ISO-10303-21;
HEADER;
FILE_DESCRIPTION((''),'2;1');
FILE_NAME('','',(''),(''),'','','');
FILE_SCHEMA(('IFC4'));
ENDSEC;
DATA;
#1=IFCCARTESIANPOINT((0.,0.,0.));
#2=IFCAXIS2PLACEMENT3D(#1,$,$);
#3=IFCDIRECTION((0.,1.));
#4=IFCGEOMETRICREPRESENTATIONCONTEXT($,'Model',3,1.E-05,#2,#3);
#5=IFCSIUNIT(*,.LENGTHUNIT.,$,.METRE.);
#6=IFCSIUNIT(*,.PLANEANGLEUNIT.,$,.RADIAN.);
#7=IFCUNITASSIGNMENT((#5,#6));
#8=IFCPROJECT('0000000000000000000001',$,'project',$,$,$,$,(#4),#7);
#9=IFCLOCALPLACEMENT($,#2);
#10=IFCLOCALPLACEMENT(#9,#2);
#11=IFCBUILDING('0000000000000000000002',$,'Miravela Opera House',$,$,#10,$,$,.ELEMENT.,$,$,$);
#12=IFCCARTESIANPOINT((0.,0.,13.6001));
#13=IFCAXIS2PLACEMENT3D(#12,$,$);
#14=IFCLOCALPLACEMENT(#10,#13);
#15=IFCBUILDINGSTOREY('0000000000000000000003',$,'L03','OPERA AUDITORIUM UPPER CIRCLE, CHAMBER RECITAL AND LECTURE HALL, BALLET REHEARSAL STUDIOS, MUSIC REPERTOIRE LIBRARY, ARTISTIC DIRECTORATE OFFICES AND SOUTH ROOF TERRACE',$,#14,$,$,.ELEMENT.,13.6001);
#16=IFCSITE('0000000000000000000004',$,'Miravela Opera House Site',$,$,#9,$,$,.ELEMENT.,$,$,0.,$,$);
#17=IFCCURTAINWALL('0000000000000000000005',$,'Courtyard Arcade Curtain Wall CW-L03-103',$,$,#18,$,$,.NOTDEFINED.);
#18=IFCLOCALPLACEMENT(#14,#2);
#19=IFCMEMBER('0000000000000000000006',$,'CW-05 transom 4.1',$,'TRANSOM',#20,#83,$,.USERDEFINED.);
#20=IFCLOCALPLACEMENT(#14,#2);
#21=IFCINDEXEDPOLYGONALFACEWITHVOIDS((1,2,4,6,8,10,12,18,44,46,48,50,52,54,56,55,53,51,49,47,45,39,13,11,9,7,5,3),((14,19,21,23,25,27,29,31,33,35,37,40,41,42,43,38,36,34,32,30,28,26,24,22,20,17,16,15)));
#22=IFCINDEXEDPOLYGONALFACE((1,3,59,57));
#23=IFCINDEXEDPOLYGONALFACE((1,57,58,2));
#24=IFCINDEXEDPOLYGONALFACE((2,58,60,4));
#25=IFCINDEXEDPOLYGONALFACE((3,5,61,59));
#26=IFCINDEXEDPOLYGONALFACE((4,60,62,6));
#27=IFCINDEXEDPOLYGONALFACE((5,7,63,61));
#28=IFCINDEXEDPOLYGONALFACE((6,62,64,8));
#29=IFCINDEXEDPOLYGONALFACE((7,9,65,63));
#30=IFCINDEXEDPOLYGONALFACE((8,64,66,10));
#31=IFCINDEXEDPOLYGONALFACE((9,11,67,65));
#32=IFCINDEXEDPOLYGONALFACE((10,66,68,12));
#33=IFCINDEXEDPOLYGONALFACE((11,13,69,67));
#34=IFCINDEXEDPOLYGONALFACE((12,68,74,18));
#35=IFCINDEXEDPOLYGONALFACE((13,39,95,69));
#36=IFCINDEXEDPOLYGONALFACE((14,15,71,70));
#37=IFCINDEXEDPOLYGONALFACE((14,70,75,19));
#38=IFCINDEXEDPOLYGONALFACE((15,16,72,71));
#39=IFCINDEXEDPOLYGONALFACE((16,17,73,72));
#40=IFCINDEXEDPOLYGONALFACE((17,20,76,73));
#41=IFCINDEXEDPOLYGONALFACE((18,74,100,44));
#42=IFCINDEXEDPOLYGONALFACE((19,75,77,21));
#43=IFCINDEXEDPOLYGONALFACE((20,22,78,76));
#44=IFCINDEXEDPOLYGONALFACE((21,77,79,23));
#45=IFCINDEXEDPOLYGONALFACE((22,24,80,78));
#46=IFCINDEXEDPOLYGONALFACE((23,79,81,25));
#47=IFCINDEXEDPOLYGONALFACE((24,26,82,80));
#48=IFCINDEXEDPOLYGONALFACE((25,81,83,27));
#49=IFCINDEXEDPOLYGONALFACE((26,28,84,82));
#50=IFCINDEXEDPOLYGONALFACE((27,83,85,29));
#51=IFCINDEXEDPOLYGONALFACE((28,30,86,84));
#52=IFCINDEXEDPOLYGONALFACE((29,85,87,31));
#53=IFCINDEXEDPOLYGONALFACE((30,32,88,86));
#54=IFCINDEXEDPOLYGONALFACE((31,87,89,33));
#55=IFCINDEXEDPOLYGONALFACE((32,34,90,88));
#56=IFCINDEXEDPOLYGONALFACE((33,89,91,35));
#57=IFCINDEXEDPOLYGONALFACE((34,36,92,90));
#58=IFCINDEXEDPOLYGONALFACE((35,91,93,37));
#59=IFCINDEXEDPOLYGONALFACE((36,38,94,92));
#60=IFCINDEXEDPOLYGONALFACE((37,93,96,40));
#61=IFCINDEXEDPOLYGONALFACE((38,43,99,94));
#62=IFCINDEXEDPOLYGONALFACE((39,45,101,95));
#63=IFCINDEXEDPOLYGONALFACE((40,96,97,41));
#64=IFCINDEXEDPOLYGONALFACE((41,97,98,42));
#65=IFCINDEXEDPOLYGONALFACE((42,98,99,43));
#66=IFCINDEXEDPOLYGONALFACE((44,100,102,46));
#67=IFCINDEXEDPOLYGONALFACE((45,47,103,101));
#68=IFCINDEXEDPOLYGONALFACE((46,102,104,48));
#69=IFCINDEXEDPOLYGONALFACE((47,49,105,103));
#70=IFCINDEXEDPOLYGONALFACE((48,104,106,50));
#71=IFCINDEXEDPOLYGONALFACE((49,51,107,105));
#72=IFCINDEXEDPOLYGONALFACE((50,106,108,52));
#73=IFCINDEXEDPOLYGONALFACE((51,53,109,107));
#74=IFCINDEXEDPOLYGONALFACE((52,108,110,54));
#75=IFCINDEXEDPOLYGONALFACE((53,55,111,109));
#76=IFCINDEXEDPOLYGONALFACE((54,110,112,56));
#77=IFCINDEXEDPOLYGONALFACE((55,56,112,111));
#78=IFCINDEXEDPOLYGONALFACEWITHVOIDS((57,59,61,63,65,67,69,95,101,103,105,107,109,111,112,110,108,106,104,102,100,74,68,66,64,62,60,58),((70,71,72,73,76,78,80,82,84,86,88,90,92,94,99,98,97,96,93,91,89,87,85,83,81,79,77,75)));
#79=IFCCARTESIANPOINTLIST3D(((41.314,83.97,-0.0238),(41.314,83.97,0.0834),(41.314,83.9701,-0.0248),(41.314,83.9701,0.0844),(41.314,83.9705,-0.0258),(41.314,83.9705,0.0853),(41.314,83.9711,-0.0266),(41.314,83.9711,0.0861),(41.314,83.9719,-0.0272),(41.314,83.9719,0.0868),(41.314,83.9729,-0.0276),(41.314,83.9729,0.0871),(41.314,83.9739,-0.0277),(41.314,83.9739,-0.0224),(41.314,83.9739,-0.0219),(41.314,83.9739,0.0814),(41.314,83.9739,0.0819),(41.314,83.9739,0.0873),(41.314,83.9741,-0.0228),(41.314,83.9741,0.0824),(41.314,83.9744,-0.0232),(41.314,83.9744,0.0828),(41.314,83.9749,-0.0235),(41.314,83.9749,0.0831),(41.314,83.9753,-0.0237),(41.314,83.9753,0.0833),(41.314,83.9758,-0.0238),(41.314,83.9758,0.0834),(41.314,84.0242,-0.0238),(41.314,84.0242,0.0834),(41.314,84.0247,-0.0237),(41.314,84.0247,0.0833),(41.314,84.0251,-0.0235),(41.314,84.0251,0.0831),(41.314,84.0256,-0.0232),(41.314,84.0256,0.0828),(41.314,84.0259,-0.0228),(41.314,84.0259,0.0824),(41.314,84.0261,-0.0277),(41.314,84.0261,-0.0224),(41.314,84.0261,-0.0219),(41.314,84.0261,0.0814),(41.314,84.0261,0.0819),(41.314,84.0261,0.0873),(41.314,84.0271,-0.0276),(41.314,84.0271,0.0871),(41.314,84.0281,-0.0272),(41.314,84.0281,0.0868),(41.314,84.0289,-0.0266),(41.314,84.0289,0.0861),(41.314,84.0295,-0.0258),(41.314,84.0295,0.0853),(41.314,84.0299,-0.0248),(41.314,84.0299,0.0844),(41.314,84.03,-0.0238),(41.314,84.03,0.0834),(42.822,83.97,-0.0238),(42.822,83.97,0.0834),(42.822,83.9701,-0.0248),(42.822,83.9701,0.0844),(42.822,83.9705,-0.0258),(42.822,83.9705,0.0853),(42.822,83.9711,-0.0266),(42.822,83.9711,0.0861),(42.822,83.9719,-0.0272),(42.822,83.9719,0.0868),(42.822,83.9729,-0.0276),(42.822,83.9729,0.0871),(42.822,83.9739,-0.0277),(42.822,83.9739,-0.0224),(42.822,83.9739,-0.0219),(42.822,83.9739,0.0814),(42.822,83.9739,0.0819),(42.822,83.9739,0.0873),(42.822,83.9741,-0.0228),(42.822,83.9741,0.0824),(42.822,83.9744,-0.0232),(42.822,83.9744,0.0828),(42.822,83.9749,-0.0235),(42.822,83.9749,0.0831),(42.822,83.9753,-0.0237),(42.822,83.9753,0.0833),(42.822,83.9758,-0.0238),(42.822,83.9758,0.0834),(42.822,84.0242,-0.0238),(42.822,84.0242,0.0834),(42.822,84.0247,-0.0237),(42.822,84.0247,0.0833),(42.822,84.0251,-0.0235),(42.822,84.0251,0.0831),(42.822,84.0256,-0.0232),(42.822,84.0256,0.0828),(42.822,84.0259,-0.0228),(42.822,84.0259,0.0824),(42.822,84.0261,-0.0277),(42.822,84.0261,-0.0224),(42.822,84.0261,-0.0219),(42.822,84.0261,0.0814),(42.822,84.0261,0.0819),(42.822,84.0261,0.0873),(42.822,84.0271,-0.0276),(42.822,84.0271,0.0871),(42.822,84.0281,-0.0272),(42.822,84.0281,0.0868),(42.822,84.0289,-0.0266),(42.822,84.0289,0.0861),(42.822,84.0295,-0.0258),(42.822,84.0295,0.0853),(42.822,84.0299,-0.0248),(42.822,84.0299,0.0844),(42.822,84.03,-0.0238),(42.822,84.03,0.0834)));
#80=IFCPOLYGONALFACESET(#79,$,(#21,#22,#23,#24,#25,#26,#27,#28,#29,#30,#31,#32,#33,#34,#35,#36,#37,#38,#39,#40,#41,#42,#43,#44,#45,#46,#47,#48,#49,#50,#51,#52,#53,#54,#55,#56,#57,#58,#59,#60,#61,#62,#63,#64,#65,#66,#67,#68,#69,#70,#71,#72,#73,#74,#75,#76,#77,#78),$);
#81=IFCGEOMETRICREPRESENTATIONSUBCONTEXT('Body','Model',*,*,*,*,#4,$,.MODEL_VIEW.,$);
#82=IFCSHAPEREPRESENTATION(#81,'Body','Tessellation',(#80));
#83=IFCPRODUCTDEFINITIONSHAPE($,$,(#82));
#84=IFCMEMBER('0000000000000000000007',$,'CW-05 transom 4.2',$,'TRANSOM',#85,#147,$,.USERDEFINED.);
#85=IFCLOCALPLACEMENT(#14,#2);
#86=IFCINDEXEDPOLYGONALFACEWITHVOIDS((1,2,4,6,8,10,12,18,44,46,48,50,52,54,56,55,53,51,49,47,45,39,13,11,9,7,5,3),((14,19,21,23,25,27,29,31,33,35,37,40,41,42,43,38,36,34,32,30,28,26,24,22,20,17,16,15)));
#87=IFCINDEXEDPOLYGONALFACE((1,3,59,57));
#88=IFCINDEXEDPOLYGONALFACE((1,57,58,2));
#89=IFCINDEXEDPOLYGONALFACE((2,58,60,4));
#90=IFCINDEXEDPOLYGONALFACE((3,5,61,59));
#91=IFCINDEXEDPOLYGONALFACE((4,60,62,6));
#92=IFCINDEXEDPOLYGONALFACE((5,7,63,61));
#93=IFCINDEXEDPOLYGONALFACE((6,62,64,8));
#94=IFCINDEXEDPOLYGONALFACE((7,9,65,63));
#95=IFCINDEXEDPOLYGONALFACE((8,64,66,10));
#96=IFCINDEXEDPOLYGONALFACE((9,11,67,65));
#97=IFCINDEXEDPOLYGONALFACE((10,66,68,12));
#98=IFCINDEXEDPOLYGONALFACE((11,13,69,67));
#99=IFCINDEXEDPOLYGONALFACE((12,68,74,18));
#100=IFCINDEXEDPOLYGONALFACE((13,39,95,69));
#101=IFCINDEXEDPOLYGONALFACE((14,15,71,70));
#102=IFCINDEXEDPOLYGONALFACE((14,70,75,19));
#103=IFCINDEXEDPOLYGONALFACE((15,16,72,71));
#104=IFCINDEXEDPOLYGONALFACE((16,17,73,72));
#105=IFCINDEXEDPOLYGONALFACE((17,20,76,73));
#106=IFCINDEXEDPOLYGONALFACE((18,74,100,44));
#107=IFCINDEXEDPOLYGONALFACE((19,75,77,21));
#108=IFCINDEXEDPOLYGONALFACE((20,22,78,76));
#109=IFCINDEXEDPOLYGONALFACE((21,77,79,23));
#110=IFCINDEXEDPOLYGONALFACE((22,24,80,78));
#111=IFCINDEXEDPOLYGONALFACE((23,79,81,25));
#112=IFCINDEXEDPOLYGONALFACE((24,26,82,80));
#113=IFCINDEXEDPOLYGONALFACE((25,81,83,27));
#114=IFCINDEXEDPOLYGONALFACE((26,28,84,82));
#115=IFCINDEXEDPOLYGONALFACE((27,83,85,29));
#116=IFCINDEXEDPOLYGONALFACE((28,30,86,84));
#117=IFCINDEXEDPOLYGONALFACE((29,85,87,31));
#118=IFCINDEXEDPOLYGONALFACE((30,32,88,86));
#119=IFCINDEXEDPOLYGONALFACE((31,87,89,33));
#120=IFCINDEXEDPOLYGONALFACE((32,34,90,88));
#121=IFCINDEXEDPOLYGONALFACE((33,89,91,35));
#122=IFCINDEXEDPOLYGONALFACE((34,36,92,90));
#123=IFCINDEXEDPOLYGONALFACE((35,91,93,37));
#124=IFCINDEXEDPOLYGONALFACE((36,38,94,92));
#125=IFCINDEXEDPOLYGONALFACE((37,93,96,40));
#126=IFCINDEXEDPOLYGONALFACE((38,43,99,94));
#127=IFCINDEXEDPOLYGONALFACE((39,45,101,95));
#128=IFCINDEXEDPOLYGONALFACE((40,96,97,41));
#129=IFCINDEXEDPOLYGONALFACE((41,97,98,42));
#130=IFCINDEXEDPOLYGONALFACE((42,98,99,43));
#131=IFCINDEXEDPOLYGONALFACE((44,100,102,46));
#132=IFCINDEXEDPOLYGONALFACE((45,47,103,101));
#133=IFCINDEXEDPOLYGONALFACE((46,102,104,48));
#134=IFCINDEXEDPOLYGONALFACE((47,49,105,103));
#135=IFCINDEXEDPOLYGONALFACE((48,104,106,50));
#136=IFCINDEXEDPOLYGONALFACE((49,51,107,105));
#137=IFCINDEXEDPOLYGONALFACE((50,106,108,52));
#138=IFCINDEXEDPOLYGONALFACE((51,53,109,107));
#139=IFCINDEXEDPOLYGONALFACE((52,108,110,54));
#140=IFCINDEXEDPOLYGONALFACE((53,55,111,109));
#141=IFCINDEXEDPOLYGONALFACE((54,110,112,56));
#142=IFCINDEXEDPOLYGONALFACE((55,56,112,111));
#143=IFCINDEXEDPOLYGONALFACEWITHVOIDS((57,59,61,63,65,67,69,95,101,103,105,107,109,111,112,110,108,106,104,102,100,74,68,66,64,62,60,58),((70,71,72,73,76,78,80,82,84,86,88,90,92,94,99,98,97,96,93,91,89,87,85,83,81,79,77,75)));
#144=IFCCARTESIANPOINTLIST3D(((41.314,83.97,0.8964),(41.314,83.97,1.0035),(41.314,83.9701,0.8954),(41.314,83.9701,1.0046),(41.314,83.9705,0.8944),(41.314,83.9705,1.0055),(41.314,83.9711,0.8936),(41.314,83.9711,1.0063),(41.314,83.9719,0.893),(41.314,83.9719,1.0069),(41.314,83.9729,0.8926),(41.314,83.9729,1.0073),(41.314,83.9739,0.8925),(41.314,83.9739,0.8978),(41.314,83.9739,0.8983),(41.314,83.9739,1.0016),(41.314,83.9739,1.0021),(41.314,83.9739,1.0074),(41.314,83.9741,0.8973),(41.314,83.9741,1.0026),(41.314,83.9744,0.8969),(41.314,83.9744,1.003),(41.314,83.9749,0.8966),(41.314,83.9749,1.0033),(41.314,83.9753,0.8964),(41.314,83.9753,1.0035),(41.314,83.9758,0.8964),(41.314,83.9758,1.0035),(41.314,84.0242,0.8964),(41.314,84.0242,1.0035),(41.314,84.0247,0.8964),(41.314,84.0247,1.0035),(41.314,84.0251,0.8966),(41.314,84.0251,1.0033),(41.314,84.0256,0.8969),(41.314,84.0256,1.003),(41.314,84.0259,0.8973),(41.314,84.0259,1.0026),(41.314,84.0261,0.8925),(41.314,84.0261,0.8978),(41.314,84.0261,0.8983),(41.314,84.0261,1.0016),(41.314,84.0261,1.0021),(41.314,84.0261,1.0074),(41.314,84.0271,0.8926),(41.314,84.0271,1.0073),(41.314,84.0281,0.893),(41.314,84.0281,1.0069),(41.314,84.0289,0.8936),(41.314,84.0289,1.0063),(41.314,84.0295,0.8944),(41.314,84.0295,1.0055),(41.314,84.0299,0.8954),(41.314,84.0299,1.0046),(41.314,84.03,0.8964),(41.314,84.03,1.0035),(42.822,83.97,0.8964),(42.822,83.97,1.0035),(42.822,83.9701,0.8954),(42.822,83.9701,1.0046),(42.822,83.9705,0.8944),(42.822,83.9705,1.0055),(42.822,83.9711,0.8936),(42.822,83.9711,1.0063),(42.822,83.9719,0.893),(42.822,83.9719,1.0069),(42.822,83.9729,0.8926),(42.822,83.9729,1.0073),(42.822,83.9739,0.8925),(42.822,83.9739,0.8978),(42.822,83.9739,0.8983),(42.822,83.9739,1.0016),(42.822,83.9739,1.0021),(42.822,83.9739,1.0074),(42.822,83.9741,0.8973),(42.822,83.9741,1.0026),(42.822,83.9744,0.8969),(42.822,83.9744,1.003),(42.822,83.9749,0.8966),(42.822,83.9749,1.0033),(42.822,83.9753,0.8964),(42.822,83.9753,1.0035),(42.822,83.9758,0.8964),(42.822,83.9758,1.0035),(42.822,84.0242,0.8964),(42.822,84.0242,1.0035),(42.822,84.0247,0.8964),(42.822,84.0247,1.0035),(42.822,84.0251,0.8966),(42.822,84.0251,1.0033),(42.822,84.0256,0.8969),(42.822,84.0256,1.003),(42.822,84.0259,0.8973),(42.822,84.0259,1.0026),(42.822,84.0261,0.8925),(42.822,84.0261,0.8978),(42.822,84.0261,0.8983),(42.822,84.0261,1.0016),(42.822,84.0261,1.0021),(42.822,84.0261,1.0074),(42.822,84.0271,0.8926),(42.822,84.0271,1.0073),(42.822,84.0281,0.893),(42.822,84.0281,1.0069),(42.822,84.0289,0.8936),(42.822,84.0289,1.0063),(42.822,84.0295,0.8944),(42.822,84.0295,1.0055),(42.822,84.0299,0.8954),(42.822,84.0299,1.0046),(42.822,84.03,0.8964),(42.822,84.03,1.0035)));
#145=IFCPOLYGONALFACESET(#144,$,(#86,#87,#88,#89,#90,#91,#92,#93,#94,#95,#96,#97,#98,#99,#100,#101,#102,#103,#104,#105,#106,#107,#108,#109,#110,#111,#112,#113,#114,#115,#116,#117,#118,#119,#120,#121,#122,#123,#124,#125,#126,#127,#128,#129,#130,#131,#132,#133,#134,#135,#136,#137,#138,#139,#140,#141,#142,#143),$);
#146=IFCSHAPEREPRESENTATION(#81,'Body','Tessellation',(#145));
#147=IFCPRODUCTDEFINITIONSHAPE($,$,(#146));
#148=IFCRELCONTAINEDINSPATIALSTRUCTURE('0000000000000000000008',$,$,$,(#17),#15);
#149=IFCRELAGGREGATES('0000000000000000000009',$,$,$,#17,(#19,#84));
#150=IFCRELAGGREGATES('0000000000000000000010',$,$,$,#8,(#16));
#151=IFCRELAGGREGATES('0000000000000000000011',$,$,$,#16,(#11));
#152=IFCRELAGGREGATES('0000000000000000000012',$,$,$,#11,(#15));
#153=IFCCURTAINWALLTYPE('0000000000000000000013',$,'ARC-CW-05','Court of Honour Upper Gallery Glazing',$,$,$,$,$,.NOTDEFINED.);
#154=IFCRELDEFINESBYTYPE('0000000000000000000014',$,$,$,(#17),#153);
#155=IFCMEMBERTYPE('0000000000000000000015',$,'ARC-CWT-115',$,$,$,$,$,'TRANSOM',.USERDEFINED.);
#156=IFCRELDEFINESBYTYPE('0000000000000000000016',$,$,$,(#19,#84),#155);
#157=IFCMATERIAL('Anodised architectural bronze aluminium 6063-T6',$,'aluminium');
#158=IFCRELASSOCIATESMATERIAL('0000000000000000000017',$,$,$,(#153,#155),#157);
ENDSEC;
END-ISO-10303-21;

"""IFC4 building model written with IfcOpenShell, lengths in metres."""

from ifc_helpers import new_model, si_unit, direction, frame, origin, origin_2d, place, context, subcontext, project, spatial, hollow_rectangle, extrude, material, material_profile, profile_set, type_object, element, aggregate, save


model = new_model("IFC4")

# Units and contexts
model_context = context("Model", 3, precision=1e-05, world=origin(), true_north=direction((0.0, 1.0)))
body_context = subcontext(model_context, "Body", "Model", "MODEL_VIEW")
ifc_project = project(units=[si_unit("LENGTHUNIT", "METRE"), si_unit("PLANEANGLEUNIT", "RADIAN")], contexts=[model_context])

# Site, building, storey
site_placement = place(None, origin())
site = spatial("IfcSite", under=ifc_project, at=site_placement, Name="Miravela Opera House Site", CompositionType="ELEMENT", RefElevation=0.0)
building_placement = place(site_placement, origin())
building = spatial("IfcBuilding", under=site, at=building_placement, Name="Miravela Opera House", CompositionType="ELEMENT")
storey_placement = place(building_placement, frame((0.0, 0.0, 13.6001)))
storey = spatial("IfcBuildingStorey", under=building, at=storey_placement, Name="L03", Description="OPERA AUDITORIUM UPPER CIRCLE, CHAMBER RECITAL AND LECTURE HALL, BALLET REHEARSAL STUDIOS, MUSIC REPERTOIRE LIBRARY, ARTISTIC DIRECTORATE OFFICES AND SOUTH ROOF TERRACE", CompositionType="ELEMENT", Elevation=13.6001)

# Curtain wall, members
ifc_material_1 = material(Name="Anodised architectural bronze aluminium 6063-T6", Category="aluminium")
curtain_wall_type = type_object("IfcCurtainWallType", Name="ARC-CW-05", Description="Court of Honour Upper Gallery Glazing", PredefinedType="NOTDEFINED", material=ifc_material_1)
curtain_wall_placement = place(storey_placement, origin())
curtain_wall = element("IfcCurtainWall", 1, at=curtain_wall_placement, inside=storey, type_object=curtain_wall_type, Name="Courtyard Arcade Curtain Wall CW-L03-103", PredefinedType="NOTDEFINED")
ifc_material_profile_1 = material_profile(ifc_material_1, hollow_rectangle(XDim=0.0601, YDim=0.115, WallThickness=0.0039, InnerFilletRadius=0.002, OuterFilletRadius=0.0039, at=origin_2d()), Name="CWT-60X115")
ifc_profile_set_1 = profile_set([ifc_material_profile_1])
member_type_1 = type_object("IfcMemberType", Name="ARC-CWT-115", ElementType="TRANSOM", PredefinedType="USERDEFINED", material=ifc_profile_set_1)
member_1_placement = place(storey_placement, frame((41.314, 84.0, 0.0298), z_axis=(1.0, 0.0, 0.0), x_axis=(0.0, 1.0, 0.0)))
member_1 = element("IfcMember", 2, at=member_1_placement, type_object=member_type_1, Name="CW-05 transom 4.1", ObjectType="TRANSOM", PredefinedType="USERDEFINED", context=body_context, shape_type="SweptSolid", body=[
    extrude(hollow_rectangle(XDim=0.0601, YDim=0.115, WallThickness=0.0039, InnerFilletRadius=0.002, OuterFilletRadius=0.0039, at=origin_2d()), origin(), (0.0, 0.0, 1.0), 1.5081),
])
member_2_placement = place(storey_placement, frame((41.314, 84.0, 0.95), z_axis=(1.0, 0.0, 0.0), x_axis=(0.0, 1.0, 0.0)))
member_2 = element("IfcMember", 3, at=member_2_placement, type_object=member_type_1, Name="CW-05 transom 4.2", ObjectType="TRANSOM", PredefinedType="USERDEFINED", context=body_context, shape_type="SweptSolid", body=[
    extrude(hollow_rectangle(XDim=0.0601, YDim=0.115, WallThickness=0.0039, InnerFilletRadius=0.002, OuterFilletRadius=0.0039, at=origin_2d()), origin(), (0.0, 0.0, 1.0), 1.5081),
])
aggregate(curtain_wall, [member_1, member_2])

save(model, "model.ifc")
